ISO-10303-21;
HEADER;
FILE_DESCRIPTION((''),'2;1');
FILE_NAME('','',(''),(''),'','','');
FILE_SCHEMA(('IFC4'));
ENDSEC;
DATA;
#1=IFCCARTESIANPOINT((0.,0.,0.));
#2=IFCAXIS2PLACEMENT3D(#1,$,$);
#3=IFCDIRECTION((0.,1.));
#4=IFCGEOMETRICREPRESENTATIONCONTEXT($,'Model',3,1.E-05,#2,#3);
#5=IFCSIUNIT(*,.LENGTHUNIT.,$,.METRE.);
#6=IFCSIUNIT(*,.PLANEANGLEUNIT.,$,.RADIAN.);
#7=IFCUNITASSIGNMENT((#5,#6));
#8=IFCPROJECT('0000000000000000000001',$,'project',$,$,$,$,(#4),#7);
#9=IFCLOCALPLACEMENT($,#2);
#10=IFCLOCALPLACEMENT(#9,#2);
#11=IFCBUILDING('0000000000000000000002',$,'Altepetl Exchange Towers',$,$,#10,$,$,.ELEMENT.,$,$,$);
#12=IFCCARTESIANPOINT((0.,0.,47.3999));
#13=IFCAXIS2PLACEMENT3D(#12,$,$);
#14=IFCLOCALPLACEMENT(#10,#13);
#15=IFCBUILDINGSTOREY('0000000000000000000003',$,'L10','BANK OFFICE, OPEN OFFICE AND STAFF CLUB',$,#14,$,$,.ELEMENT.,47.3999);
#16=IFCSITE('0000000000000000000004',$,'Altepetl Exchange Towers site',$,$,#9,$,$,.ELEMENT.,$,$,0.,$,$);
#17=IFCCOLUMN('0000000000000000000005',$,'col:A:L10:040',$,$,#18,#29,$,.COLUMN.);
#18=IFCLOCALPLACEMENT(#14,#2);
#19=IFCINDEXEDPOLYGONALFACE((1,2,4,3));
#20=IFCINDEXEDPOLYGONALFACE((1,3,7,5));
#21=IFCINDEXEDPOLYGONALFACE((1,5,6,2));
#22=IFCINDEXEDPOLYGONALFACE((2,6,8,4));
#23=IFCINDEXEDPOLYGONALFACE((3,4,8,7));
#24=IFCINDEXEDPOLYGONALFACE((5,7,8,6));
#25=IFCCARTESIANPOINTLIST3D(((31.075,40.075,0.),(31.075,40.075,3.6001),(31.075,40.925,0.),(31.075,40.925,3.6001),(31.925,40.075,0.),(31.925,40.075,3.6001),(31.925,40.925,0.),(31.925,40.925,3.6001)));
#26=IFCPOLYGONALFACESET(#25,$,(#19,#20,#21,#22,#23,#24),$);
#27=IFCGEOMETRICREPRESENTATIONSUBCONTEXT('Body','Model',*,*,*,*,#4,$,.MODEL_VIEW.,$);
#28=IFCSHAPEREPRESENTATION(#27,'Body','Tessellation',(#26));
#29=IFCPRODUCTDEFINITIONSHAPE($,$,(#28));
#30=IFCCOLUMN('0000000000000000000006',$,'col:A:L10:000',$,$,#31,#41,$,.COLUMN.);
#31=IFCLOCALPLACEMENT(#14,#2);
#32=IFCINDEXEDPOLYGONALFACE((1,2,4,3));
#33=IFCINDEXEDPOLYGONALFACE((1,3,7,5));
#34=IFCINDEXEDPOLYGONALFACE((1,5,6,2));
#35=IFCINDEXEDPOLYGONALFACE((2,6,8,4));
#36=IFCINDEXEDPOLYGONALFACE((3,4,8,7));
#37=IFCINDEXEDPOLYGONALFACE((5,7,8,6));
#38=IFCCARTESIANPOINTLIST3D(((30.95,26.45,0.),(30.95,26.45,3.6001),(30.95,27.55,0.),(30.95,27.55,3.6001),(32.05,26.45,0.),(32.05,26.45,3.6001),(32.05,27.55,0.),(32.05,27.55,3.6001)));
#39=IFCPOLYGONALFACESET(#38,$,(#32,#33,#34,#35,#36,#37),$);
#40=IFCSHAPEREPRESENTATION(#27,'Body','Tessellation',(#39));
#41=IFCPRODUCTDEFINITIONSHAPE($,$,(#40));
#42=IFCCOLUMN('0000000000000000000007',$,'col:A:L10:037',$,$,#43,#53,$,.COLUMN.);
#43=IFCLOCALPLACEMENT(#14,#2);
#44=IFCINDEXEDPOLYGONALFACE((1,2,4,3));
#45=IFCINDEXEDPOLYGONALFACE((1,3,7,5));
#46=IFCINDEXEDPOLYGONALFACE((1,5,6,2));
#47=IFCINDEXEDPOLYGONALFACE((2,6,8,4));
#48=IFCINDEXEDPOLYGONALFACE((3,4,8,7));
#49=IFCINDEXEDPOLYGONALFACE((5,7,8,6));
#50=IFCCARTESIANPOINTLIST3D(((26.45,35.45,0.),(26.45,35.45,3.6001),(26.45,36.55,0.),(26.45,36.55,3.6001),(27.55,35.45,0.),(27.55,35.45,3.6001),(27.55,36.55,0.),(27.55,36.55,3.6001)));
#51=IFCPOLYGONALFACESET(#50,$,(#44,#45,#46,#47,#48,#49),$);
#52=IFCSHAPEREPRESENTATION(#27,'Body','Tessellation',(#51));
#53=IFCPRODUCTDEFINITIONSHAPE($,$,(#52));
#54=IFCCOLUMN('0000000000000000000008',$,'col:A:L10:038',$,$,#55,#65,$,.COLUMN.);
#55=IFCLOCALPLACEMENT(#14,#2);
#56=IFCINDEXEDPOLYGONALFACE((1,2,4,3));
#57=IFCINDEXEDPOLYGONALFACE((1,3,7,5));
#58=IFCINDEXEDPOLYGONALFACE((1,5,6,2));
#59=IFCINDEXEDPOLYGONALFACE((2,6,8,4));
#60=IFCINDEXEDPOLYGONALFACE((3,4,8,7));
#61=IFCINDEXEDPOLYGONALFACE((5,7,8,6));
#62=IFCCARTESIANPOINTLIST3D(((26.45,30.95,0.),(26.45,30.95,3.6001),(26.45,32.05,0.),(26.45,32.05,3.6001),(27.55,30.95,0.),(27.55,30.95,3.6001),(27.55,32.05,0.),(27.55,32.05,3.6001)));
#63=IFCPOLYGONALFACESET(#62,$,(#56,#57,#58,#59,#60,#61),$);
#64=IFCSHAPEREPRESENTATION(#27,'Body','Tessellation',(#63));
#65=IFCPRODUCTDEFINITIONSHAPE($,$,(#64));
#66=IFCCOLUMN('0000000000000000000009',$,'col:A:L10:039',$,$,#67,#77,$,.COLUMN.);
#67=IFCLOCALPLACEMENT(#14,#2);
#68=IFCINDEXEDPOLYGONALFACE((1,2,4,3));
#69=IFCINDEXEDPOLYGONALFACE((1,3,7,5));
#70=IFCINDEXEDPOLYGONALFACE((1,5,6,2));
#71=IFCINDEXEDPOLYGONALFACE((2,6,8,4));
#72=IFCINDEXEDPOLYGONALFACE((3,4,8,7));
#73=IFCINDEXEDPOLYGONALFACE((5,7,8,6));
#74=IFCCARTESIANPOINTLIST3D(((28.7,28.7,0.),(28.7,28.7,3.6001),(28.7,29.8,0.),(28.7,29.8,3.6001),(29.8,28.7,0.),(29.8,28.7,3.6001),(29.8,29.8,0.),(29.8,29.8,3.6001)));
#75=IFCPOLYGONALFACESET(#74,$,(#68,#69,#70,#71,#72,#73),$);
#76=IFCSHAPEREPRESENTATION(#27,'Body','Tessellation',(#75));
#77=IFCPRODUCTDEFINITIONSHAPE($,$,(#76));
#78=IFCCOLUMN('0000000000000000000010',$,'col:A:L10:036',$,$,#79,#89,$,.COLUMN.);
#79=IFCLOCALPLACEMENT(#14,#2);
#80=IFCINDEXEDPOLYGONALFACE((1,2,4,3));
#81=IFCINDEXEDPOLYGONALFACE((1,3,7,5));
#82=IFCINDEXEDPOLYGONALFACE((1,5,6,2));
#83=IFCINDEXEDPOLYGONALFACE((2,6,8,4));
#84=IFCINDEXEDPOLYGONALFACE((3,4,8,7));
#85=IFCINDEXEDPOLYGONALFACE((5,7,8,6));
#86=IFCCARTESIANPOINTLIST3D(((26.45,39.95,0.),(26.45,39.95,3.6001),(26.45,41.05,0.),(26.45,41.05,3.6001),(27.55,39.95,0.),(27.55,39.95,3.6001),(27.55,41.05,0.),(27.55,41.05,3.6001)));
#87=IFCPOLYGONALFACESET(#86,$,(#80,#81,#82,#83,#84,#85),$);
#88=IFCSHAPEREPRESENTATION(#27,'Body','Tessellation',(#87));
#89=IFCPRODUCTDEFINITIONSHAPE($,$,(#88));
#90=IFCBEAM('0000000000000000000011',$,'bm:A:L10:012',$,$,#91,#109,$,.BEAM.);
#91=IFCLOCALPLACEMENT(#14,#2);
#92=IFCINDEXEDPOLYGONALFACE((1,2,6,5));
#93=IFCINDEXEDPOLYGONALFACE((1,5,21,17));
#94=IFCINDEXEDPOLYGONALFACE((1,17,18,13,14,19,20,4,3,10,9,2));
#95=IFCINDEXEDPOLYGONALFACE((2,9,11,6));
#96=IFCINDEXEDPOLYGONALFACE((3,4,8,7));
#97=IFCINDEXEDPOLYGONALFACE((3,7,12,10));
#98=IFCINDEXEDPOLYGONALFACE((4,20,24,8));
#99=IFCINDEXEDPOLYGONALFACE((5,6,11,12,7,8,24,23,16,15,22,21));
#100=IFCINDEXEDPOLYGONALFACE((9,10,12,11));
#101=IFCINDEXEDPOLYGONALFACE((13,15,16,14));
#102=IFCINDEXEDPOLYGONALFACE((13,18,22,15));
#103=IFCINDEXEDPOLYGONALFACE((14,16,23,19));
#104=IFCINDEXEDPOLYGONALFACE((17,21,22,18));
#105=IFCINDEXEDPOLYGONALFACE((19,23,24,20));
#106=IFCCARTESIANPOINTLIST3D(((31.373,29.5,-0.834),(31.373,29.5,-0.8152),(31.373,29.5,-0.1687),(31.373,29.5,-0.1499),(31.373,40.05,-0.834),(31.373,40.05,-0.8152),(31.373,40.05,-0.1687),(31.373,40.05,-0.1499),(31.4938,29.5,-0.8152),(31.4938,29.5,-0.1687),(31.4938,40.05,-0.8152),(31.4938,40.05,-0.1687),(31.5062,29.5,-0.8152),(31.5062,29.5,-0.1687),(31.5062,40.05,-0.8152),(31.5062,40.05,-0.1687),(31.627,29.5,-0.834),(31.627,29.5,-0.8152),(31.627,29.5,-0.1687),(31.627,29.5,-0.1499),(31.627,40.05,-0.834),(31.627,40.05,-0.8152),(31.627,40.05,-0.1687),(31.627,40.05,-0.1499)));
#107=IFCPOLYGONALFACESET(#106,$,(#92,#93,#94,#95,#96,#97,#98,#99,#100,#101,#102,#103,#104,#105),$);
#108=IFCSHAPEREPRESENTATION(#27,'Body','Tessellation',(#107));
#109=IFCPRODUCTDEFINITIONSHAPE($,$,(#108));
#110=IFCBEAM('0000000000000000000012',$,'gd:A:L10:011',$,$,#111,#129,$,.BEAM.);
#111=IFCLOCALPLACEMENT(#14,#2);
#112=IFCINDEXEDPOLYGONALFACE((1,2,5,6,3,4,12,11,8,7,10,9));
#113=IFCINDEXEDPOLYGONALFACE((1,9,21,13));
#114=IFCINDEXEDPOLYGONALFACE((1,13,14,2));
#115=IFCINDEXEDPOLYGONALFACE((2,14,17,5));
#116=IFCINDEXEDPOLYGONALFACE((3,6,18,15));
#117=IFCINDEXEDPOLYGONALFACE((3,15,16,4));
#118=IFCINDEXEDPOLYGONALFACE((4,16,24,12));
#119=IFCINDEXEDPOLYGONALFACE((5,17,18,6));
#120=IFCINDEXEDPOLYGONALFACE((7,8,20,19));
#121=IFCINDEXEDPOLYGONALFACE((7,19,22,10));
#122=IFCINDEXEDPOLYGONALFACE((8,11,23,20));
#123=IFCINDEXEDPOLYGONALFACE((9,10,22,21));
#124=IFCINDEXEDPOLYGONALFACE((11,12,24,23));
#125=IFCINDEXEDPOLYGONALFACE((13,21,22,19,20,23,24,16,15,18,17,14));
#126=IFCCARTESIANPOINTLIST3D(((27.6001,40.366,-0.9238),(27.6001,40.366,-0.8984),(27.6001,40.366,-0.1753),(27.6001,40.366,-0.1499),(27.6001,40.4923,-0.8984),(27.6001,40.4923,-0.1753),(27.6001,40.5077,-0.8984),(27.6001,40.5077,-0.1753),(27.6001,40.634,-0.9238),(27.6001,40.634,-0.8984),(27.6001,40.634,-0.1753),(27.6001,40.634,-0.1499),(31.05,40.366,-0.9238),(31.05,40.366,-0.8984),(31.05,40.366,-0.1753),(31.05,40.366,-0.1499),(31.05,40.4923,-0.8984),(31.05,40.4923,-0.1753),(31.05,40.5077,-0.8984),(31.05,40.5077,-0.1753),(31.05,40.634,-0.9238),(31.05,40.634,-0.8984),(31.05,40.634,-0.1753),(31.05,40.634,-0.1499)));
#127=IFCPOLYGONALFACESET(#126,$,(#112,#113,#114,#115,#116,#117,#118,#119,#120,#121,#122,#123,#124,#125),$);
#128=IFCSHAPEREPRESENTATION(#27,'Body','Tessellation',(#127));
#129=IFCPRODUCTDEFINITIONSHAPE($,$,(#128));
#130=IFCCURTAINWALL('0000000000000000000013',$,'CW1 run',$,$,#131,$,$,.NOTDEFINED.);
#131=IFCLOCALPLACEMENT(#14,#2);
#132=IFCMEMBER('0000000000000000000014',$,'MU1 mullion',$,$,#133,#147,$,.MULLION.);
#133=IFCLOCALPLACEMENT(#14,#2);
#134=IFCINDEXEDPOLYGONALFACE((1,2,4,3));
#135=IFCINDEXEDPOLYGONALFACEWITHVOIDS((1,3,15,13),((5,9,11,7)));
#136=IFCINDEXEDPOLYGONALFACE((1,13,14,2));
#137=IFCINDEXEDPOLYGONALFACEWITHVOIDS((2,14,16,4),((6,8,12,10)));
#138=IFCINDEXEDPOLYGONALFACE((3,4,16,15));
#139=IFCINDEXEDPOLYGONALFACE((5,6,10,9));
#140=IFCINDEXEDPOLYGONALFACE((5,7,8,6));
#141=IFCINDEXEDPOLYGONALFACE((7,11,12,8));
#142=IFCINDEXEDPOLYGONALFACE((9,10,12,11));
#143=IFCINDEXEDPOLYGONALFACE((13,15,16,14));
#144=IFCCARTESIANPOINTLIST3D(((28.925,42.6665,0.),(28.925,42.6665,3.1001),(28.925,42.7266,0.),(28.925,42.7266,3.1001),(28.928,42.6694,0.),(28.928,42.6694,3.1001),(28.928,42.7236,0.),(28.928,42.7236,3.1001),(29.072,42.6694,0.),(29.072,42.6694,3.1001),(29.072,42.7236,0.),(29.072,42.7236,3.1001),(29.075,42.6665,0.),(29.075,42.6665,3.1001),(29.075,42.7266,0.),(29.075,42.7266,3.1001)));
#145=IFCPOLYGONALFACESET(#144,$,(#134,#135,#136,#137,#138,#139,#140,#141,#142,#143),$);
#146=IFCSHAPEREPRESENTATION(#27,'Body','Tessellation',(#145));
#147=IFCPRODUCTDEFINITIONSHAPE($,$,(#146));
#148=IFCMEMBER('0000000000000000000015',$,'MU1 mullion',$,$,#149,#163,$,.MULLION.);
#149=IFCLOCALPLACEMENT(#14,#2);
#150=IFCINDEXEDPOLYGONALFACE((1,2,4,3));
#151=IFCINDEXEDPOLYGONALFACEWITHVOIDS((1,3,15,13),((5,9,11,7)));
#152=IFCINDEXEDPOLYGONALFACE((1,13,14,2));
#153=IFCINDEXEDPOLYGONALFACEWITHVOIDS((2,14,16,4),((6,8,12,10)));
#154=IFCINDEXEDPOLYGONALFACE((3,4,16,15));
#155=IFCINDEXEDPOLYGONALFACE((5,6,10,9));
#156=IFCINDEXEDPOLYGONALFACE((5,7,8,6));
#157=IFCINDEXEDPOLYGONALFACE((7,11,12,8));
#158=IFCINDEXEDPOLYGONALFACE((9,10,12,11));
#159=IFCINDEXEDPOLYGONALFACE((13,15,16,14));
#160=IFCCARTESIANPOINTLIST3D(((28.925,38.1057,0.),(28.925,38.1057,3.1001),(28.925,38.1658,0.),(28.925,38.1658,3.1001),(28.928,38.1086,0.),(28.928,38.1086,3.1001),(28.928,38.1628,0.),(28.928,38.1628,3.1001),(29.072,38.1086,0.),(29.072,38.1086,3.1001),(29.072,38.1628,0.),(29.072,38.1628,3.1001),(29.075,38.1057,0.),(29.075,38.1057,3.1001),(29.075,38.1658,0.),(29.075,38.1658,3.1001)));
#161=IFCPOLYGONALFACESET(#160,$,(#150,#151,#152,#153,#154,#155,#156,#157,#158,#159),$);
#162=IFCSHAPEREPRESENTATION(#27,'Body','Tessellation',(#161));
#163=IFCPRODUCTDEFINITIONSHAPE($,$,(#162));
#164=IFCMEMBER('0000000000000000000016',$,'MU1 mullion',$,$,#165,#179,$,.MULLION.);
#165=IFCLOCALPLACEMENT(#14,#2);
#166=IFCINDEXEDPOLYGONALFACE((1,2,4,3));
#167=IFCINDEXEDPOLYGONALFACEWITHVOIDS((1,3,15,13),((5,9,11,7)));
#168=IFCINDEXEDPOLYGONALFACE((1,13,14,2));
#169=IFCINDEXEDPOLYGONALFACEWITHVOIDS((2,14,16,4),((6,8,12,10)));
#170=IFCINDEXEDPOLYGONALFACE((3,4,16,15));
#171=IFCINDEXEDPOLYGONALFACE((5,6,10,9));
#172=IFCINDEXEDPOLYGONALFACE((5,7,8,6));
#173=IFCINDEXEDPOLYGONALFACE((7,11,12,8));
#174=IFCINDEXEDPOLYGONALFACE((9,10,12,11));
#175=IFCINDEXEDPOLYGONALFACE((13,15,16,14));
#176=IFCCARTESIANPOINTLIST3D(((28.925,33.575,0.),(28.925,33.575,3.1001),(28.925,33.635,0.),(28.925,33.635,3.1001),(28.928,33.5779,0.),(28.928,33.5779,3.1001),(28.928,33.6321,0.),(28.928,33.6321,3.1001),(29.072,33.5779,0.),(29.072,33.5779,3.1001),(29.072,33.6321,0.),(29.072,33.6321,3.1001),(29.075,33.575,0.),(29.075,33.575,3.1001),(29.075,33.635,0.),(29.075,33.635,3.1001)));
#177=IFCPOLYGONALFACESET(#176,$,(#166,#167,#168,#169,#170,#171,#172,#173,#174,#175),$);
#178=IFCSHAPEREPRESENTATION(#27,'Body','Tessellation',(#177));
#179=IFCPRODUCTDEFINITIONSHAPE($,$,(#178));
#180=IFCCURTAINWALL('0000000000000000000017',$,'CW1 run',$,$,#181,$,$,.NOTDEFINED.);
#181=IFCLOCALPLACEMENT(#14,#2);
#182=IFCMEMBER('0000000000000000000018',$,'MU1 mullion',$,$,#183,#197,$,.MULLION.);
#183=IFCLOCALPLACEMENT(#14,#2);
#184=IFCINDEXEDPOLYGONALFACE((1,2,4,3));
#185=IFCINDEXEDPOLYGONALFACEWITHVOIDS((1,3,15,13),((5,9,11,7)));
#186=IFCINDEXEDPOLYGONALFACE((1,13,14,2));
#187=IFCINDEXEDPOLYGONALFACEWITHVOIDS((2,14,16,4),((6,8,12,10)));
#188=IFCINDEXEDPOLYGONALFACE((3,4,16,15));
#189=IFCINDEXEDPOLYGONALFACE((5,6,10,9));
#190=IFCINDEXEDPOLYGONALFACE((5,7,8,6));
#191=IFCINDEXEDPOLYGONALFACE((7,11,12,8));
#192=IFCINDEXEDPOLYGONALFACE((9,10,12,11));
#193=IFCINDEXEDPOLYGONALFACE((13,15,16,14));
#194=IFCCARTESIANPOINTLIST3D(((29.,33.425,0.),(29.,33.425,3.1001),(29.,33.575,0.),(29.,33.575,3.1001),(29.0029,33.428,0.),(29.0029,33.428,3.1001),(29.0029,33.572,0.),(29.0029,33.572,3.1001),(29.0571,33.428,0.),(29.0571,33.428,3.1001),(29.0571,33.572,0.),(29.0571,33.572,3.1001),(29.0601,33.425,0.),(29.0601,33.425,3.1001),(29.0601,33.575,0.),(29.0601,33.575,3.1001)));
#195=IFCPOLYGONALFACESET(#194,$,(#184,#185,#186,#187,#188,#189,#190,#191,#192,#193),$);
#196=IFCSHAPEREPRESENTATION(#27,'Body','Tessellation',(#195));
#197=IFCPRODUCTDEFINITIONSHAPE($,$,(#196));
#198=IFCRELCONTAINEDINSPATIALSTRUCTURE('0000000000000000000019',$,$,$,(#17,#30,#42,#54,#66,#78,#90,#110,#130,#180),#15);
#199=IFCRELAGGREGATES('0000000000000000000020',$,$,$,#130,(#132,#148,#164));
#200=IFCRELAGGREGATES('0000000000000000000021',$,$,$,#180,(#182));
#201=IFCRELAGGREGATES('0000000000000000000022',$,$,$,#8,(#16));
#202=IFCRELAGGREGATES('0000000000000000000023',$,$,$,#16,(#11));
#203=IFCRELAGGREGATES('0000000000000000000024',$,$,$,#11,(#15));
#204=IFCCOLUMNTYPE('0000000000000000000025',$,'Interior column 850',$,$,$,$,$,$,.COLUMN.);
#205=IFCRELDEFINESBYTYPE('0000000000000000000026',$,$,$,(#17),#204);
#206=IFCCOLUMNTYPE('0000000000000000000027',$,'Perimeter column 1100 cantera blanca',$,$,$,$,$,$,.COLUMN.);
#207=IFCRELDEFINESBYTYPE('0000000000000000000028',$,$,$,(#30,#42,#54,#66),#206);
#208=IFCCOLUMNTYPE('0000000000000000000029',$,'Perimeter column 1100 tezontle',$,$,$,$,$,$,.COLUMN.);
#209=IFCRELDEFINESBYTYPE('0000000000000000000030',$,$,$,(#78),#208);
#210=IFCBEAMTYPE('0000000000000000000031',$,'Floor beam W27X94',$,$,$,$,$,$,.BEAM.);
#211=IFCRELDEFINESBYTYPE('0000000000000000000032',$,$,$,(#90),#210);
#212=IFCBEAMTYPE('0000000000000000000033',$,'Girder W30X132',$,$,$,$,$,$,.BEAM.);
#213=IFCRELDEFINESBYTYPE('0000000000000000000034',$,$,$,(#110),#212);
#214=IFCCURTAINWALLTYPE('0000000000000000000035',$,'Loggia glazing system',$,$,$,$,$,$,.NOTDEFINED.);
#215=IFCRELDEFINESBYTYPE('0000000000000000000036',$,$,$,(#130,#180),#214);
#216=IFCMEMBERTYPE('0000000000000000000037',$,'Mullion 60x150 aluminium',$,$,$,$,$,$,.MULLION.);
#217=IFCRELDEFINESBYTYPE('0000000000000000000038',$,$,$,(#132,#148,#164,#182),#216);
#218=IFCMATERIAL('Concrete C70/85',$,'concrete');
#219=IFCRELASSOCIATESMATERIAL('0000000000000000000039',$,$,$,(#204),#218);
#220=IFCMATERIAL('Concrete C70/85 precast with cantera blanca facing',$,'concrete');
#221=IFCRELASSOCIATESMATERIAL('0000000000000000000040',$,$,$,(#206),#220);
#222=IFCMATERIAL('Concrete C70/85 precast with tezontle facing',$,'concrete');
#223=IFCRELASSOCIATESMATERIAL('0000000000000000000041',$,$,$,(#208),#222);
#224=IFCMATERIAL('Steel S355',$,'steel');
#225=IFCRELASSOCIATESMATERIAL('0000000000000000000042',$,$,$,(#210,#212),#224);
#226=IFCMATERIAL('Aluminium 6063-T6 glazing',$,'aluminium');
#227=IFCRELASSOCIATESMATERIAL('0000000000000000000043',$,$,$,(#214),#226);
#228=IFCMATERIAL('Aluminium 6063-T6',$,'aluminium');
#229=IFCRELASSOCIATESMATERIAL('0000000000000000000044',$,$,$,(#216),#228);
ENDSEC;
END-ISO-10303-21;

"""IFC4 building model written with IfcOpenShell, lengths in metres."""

from ifc_helpers import new_model, si_unit, direction, frame, origin, origin_2d, place, context, subcontext, project, spatial, rectangle, hollow_rectangle, i_section, extrude, material, material_profile, profile_set, type_object, element, aggregate, save


model = new_model("IFC4")

# Units and contexts
model_context = context("Model", 3, precision=1e-05, world=origin(), true_north=direction((0.0, 1.0)))
body_context = subcontext(model_context, "Body", "Model", "MODEL_VIEW")
ifc_project = project(units=[si_unit("LENGTHUNIT", "METRE"), si_unit("PLANEANGLEUNIT", "RADIAN")], contexts=[model_context])

# Site, building, storey
site_placement = place(None, origin())
site = spatial("IfcSite", under=ifc_project, at=site_placement, Name="Altepetl Exchange Towers site", CompositionType="ELEMENT", RefElevation=0.0)
building_placement = place(site_placement, origin())
building = spatial("IfcBuilding", under=site, at=building_placement, Name="Altepetl Exchange Towers", CompositionType="ELEMENT")
storey_placement = place(building_placement, frame((0.0, 0.0, 47.3999)))
storey = spatial("IfcBuildingStorey", under=building, at=storey_placement, Name="L10", Description="BANK OFFICE, OPEN OFFICE AND STAFF CLUB", CompositionType="ELEMENT", Elevation=47.3999)

# Columns
ifc_material_1 = material(Name="Concrete C70/85", Category="concrete")
ifc_material_profile_1 = material_profile(ifc_material_1, rectangle(XDim=0.8501, YDim=0.8501, at=origin_2d()), Name="850 x 850")
ifc_profile_set_1 = profile_set([ifc_material_profile_1], Name="Concrete C70/85")
column_type_1 = type_object("IfcColumnType", Name="Interior column 850", PredefinedType="COLUMN", material=ifc_profile_set_1)
column_1_placement = place(storey_placement, frame((31.5, 40.5, 0.0)))
element("IfcColumn", 1, at=column_1_placement, inside=storey, type_object=column_type_1, Name="col:A:L10:040", PredefinedType="COLUMN", context=body_context, shape_type="SweptSolid", body=[
    extrude(rectangle(XDim=0.8501, YDim=0.8501, at=origin_2d()), origin(), (0.0, 0.0, 1.0), 3.6001),
])
ifc_material_2 = material(Name="Concrete C70/85 precast with cantera blanca facing", Category="concrete")
ifc_material_profile_2 = material_profile(ifc_material_2, rectangle(XDim=1.1001, YDim=1.1001, at=origin_2d()), Name="1100 x 1100")
ifc_profile_set_2 = profile_set([ifc_material_profile_2], Name="Concrete C70/85 precast with cantera blanca facing")
column_type_2 = type_object("IfcColumnType", Name="Perimeter column 1100 cantera blanca", PredefinedType="COLUMN", material=ifc_profile_set_2)
for number, where, name in (
    (2, (31.5, 27.0, 0.0), "col:A:L10:000"),
    (3, (27.0, 36.0, 0.0), "col:A:L10:037"),
    (4, (27.0, 31.5, 0.0), "col:A:L10:038"),
    (5, (29.25, 29.25, 0.0), "col:A:L10:039"),
):
    element("IfcColumn", number, at=place(storey_placement, frame(where)), inside=storey, type_object=column_type_2, Name=name, PredefinedType="COLUMN", context=body_context, shape_type="SweptSolid", body=[
        extrude(rectangle(XDim=1.1001, YDim=1.1001, at=origin_2d()), origin(), (0.0, 0.0, 1.0), 3.6001),
    ])
ifc_material_3 = material(Name="Concrete C70/85 precast with tezontle facing", Category="concrete")
ifc_material_profile_3 = material_profile(ifc_material_3, rectangle(XDim=1.1001, YDim=1.1001, at=origin_2d()), Name="1100 x 1100")
ifc_profile_set_3 = profile_set([ifc_material_profile_3], Name="Concrete C70/85 precast with tezontle facing")
column_type_3 = type_object("IfcColumnType", Name="Perimeter column 1100 tezontle", PredefinedType="COLUMN", material=ifc_profile_set_3)
column_2_placement = place(storey_placement, frame((27.0, 40.5, 0.0)))
element("IfcColumn", 6, at=column_2_placement, inside=storey, type_object=column_type_3, Name="col:A:L10:036", PredefinedType="COLUMN", context=body_context, shape_type="SweptSolid", body=[
    extrude(rectangle(XDim=1.1001, YDim=1.1001, at=origin_2d()), origin(), (0.0, 0.0, 1.0), 3.6001),
])

# Beams
ifc_material_4 = material(Name="Steel S355", Category="steel")
ifc_material_profile_4 = material_profile(ifc_material_4, i_section(OverallWidth=0.2539, OverallDepth=0.6841, WebThickness=0.0125, FlangeThickness=0.0188, at=origin_2d()), Name="W27X94")
ifc_profile_set_4 = profile_set([ifc_material_profile_4], Name="Steel S355")
beam_type_1 = type_object("IfcBeamType", Name="Floor beam W27X94", PredefinedType="BEAM", material=ifc_profile_set_4)
beam_1_placement = place(storey_placement, frame((31.5, 29.5, -0.4919), z_axis=(0.0, 1.0, 0.0), x_axis=(-1.0, 0.0, 0.0)))
element("IfcBeam", 7, at=beam_1_placement, inside=storey, type_object=beam_type_1, Name="bm:A:L10:012", PredefinedType="BEAM", context=body_context, shape_type="SweptSolid", body=[
    extrude(i_section(OverallWidth=0.2539, OverallDepth=0.6841, WebThickness=0.0125, FlangeThickness=0.0188, at=origin_2d()), origin(), (0.0, 0.0, 1.0), 10.55),
])
ifc_material_profile_5 = material_profile(ifc_material_4, i_section(OverallWidth=0.2681, OverallDepth=0.7739, WebThickness=0.0154, FlangeThickness=0.0254, at=origin_2d()), Name="W30X132")
ifc_profile_set_5 = profile_set([ifc_material_profile_5], Name="Steel S355")
beam_type_2 = type_object("IfcBeamType", Name="Girder W30X132", PredefinedType="BEAM", material=ifc_profile_set_5)
beam_2_placement = place(storey_placement, frame((31.05, 40.5, -0.5369), z_axis=(-1.0, 0.0, 0.0), x_axis=(0.0, -1.0, 0.0)))
element("IfcBeam", 8, at=beam_2_placement, inside=storey, type_object=beam_type_2, Name="gd:A:L10:011", PredefinedType="BEAM", context=body_context, shape_type="SweptSolid", body=[
    extrude(i_section(OverallWidth=0.2681, OverallDepth=0.7739, WebThickness=0.0154, FlangeThickness=0.0254, at=origin_2d()), origin(), (0.0, 0.0, 1.0), 3.45),
])

# Curtain walls, members
ifc_material_5 = material(Name="Aluminium 6063-T6 glazing", Category="aluminium")
curtain_wall_type = type_object("IfcCurtainWallType", Name="Loggia glazing system", PredefinedType="NOTDEFINED", material=ifc_material_5)
curtain_wall_1_placement = place(storey_placement, origin())
curtain_wall_1 = element("IfcCurtainWall", 9, at=curtain_wall_1_placement, inside=storey, type_object=curtain_wall_type, Name="CW1 run", PredefinedType="NOTDEFINED")
ifc_material_6 = material(Name="Aluminium 6063-T6", Category="aluminium")
ifc_material_profile_6 = material_profile(ifc_material_6, hollow_rectangle(XDim=0.0601, YDim=0.1499, WallThickness=0.0029, at=origin_2d()), Name="Mullion 60x150 aluminium")
ifc_profile_set_6 = profile_set([ifc_material_profile_6], Name="Aluminium 6063-T6")
member_type = type_object("IfcMemberType", Name="Mullion 60x150 aluminium", PredefinedType="MULLION", material=ifc_profile_set_6)
member_1_placement = place(storey_placement, frame((29.0, 42.6965, 0.0), z_axis=(0.0, 0.0, 1.0), x_axis=(0.0, -1.0, 0.0)))
member_1 = element("IfcMember", 10, at=member_1_placement, type_object=member_type, Name="MU1 mullion", PredefinedType="MULLION", context=body_context, shape_type="SweptSolid", body=[
    extrude(hollow_rectangle(XDim=0.0601, YDim=0.1499, WallThickness=0.0029, at=origin_2d()), origin(), (0.0, 0.0, 1.0), 3.1001),
])
member_2_placement = place(storey_placement, frame((29.0, 38.1357, 0.0), z_axis=(0.0, 0.0, 1.0), x_axis=(0.0, -1.0, 0.0)))
member_2 = element("IfcMember", 11, at=member_2_placement, type_object=member_type, Name="MU1 mullion", PredefinedType="MULLION", context=body_context, shape_type="SweptSolid", body=[
    extrude(hollow_rectangle(XDim=0.0601, YDim=0.1499, WallThickness=0.0029, at=origin_2d()), origin(), (0.0, 0.0, 1.0), 3.1001),
])
member_3_placement = place(storey_placement, frame((29.0, 33.605, 0.0), z_axis=(0.0, 0.0, 1.0), x_axis=(0.0, -1.0, 0.0)))
member_3 = element("IfcMember", 12, at=member_3_placement, type_object=member_type, Name="MU1 mullion", PredefinedType="MULLION", context=body_context, shape_type="SweptSolid", body=[
    extrude(hollow_rectangle(XDim=0.0601, YDim=0.1499, WallThickness=0.0029, at=origin_2d()), origin(), (0.0, 0.0, 1.0), 3.1001),
])
curtain_wall_2_placement = place(storey_placement, origin())
curtain_wall_2 = element("IfcCurtainWall", 13, at=curtain_wall_2_placement, inside=storey, type_object=curtain_wall_type, Name="CW1 run", PredefinedType="NOTDEFINED")
member_4_placement = place(storey_placement, frame((29.03, 33.5, 0.0)))
member_4 = element("IfcMember", 14, at=member_4_placement, type_object=member_type, Name="MU1 mullion", PredefinedType="MULLION", context=body_context, shape_type="SweptSolid", body=[
    extrude(hollow_rectangle(XDim=0.0601, YDim=0.1499, WallThickness=0.0029, at=origin_2d()), origin(), (0.0, 0.0, 1.0), 3.1001),
])

aggregate(curtain_wall_1, [member_1, member_2, member_3])
aggregate(curtain_wall_2, [member_4])

save(model, "model.ifc")
